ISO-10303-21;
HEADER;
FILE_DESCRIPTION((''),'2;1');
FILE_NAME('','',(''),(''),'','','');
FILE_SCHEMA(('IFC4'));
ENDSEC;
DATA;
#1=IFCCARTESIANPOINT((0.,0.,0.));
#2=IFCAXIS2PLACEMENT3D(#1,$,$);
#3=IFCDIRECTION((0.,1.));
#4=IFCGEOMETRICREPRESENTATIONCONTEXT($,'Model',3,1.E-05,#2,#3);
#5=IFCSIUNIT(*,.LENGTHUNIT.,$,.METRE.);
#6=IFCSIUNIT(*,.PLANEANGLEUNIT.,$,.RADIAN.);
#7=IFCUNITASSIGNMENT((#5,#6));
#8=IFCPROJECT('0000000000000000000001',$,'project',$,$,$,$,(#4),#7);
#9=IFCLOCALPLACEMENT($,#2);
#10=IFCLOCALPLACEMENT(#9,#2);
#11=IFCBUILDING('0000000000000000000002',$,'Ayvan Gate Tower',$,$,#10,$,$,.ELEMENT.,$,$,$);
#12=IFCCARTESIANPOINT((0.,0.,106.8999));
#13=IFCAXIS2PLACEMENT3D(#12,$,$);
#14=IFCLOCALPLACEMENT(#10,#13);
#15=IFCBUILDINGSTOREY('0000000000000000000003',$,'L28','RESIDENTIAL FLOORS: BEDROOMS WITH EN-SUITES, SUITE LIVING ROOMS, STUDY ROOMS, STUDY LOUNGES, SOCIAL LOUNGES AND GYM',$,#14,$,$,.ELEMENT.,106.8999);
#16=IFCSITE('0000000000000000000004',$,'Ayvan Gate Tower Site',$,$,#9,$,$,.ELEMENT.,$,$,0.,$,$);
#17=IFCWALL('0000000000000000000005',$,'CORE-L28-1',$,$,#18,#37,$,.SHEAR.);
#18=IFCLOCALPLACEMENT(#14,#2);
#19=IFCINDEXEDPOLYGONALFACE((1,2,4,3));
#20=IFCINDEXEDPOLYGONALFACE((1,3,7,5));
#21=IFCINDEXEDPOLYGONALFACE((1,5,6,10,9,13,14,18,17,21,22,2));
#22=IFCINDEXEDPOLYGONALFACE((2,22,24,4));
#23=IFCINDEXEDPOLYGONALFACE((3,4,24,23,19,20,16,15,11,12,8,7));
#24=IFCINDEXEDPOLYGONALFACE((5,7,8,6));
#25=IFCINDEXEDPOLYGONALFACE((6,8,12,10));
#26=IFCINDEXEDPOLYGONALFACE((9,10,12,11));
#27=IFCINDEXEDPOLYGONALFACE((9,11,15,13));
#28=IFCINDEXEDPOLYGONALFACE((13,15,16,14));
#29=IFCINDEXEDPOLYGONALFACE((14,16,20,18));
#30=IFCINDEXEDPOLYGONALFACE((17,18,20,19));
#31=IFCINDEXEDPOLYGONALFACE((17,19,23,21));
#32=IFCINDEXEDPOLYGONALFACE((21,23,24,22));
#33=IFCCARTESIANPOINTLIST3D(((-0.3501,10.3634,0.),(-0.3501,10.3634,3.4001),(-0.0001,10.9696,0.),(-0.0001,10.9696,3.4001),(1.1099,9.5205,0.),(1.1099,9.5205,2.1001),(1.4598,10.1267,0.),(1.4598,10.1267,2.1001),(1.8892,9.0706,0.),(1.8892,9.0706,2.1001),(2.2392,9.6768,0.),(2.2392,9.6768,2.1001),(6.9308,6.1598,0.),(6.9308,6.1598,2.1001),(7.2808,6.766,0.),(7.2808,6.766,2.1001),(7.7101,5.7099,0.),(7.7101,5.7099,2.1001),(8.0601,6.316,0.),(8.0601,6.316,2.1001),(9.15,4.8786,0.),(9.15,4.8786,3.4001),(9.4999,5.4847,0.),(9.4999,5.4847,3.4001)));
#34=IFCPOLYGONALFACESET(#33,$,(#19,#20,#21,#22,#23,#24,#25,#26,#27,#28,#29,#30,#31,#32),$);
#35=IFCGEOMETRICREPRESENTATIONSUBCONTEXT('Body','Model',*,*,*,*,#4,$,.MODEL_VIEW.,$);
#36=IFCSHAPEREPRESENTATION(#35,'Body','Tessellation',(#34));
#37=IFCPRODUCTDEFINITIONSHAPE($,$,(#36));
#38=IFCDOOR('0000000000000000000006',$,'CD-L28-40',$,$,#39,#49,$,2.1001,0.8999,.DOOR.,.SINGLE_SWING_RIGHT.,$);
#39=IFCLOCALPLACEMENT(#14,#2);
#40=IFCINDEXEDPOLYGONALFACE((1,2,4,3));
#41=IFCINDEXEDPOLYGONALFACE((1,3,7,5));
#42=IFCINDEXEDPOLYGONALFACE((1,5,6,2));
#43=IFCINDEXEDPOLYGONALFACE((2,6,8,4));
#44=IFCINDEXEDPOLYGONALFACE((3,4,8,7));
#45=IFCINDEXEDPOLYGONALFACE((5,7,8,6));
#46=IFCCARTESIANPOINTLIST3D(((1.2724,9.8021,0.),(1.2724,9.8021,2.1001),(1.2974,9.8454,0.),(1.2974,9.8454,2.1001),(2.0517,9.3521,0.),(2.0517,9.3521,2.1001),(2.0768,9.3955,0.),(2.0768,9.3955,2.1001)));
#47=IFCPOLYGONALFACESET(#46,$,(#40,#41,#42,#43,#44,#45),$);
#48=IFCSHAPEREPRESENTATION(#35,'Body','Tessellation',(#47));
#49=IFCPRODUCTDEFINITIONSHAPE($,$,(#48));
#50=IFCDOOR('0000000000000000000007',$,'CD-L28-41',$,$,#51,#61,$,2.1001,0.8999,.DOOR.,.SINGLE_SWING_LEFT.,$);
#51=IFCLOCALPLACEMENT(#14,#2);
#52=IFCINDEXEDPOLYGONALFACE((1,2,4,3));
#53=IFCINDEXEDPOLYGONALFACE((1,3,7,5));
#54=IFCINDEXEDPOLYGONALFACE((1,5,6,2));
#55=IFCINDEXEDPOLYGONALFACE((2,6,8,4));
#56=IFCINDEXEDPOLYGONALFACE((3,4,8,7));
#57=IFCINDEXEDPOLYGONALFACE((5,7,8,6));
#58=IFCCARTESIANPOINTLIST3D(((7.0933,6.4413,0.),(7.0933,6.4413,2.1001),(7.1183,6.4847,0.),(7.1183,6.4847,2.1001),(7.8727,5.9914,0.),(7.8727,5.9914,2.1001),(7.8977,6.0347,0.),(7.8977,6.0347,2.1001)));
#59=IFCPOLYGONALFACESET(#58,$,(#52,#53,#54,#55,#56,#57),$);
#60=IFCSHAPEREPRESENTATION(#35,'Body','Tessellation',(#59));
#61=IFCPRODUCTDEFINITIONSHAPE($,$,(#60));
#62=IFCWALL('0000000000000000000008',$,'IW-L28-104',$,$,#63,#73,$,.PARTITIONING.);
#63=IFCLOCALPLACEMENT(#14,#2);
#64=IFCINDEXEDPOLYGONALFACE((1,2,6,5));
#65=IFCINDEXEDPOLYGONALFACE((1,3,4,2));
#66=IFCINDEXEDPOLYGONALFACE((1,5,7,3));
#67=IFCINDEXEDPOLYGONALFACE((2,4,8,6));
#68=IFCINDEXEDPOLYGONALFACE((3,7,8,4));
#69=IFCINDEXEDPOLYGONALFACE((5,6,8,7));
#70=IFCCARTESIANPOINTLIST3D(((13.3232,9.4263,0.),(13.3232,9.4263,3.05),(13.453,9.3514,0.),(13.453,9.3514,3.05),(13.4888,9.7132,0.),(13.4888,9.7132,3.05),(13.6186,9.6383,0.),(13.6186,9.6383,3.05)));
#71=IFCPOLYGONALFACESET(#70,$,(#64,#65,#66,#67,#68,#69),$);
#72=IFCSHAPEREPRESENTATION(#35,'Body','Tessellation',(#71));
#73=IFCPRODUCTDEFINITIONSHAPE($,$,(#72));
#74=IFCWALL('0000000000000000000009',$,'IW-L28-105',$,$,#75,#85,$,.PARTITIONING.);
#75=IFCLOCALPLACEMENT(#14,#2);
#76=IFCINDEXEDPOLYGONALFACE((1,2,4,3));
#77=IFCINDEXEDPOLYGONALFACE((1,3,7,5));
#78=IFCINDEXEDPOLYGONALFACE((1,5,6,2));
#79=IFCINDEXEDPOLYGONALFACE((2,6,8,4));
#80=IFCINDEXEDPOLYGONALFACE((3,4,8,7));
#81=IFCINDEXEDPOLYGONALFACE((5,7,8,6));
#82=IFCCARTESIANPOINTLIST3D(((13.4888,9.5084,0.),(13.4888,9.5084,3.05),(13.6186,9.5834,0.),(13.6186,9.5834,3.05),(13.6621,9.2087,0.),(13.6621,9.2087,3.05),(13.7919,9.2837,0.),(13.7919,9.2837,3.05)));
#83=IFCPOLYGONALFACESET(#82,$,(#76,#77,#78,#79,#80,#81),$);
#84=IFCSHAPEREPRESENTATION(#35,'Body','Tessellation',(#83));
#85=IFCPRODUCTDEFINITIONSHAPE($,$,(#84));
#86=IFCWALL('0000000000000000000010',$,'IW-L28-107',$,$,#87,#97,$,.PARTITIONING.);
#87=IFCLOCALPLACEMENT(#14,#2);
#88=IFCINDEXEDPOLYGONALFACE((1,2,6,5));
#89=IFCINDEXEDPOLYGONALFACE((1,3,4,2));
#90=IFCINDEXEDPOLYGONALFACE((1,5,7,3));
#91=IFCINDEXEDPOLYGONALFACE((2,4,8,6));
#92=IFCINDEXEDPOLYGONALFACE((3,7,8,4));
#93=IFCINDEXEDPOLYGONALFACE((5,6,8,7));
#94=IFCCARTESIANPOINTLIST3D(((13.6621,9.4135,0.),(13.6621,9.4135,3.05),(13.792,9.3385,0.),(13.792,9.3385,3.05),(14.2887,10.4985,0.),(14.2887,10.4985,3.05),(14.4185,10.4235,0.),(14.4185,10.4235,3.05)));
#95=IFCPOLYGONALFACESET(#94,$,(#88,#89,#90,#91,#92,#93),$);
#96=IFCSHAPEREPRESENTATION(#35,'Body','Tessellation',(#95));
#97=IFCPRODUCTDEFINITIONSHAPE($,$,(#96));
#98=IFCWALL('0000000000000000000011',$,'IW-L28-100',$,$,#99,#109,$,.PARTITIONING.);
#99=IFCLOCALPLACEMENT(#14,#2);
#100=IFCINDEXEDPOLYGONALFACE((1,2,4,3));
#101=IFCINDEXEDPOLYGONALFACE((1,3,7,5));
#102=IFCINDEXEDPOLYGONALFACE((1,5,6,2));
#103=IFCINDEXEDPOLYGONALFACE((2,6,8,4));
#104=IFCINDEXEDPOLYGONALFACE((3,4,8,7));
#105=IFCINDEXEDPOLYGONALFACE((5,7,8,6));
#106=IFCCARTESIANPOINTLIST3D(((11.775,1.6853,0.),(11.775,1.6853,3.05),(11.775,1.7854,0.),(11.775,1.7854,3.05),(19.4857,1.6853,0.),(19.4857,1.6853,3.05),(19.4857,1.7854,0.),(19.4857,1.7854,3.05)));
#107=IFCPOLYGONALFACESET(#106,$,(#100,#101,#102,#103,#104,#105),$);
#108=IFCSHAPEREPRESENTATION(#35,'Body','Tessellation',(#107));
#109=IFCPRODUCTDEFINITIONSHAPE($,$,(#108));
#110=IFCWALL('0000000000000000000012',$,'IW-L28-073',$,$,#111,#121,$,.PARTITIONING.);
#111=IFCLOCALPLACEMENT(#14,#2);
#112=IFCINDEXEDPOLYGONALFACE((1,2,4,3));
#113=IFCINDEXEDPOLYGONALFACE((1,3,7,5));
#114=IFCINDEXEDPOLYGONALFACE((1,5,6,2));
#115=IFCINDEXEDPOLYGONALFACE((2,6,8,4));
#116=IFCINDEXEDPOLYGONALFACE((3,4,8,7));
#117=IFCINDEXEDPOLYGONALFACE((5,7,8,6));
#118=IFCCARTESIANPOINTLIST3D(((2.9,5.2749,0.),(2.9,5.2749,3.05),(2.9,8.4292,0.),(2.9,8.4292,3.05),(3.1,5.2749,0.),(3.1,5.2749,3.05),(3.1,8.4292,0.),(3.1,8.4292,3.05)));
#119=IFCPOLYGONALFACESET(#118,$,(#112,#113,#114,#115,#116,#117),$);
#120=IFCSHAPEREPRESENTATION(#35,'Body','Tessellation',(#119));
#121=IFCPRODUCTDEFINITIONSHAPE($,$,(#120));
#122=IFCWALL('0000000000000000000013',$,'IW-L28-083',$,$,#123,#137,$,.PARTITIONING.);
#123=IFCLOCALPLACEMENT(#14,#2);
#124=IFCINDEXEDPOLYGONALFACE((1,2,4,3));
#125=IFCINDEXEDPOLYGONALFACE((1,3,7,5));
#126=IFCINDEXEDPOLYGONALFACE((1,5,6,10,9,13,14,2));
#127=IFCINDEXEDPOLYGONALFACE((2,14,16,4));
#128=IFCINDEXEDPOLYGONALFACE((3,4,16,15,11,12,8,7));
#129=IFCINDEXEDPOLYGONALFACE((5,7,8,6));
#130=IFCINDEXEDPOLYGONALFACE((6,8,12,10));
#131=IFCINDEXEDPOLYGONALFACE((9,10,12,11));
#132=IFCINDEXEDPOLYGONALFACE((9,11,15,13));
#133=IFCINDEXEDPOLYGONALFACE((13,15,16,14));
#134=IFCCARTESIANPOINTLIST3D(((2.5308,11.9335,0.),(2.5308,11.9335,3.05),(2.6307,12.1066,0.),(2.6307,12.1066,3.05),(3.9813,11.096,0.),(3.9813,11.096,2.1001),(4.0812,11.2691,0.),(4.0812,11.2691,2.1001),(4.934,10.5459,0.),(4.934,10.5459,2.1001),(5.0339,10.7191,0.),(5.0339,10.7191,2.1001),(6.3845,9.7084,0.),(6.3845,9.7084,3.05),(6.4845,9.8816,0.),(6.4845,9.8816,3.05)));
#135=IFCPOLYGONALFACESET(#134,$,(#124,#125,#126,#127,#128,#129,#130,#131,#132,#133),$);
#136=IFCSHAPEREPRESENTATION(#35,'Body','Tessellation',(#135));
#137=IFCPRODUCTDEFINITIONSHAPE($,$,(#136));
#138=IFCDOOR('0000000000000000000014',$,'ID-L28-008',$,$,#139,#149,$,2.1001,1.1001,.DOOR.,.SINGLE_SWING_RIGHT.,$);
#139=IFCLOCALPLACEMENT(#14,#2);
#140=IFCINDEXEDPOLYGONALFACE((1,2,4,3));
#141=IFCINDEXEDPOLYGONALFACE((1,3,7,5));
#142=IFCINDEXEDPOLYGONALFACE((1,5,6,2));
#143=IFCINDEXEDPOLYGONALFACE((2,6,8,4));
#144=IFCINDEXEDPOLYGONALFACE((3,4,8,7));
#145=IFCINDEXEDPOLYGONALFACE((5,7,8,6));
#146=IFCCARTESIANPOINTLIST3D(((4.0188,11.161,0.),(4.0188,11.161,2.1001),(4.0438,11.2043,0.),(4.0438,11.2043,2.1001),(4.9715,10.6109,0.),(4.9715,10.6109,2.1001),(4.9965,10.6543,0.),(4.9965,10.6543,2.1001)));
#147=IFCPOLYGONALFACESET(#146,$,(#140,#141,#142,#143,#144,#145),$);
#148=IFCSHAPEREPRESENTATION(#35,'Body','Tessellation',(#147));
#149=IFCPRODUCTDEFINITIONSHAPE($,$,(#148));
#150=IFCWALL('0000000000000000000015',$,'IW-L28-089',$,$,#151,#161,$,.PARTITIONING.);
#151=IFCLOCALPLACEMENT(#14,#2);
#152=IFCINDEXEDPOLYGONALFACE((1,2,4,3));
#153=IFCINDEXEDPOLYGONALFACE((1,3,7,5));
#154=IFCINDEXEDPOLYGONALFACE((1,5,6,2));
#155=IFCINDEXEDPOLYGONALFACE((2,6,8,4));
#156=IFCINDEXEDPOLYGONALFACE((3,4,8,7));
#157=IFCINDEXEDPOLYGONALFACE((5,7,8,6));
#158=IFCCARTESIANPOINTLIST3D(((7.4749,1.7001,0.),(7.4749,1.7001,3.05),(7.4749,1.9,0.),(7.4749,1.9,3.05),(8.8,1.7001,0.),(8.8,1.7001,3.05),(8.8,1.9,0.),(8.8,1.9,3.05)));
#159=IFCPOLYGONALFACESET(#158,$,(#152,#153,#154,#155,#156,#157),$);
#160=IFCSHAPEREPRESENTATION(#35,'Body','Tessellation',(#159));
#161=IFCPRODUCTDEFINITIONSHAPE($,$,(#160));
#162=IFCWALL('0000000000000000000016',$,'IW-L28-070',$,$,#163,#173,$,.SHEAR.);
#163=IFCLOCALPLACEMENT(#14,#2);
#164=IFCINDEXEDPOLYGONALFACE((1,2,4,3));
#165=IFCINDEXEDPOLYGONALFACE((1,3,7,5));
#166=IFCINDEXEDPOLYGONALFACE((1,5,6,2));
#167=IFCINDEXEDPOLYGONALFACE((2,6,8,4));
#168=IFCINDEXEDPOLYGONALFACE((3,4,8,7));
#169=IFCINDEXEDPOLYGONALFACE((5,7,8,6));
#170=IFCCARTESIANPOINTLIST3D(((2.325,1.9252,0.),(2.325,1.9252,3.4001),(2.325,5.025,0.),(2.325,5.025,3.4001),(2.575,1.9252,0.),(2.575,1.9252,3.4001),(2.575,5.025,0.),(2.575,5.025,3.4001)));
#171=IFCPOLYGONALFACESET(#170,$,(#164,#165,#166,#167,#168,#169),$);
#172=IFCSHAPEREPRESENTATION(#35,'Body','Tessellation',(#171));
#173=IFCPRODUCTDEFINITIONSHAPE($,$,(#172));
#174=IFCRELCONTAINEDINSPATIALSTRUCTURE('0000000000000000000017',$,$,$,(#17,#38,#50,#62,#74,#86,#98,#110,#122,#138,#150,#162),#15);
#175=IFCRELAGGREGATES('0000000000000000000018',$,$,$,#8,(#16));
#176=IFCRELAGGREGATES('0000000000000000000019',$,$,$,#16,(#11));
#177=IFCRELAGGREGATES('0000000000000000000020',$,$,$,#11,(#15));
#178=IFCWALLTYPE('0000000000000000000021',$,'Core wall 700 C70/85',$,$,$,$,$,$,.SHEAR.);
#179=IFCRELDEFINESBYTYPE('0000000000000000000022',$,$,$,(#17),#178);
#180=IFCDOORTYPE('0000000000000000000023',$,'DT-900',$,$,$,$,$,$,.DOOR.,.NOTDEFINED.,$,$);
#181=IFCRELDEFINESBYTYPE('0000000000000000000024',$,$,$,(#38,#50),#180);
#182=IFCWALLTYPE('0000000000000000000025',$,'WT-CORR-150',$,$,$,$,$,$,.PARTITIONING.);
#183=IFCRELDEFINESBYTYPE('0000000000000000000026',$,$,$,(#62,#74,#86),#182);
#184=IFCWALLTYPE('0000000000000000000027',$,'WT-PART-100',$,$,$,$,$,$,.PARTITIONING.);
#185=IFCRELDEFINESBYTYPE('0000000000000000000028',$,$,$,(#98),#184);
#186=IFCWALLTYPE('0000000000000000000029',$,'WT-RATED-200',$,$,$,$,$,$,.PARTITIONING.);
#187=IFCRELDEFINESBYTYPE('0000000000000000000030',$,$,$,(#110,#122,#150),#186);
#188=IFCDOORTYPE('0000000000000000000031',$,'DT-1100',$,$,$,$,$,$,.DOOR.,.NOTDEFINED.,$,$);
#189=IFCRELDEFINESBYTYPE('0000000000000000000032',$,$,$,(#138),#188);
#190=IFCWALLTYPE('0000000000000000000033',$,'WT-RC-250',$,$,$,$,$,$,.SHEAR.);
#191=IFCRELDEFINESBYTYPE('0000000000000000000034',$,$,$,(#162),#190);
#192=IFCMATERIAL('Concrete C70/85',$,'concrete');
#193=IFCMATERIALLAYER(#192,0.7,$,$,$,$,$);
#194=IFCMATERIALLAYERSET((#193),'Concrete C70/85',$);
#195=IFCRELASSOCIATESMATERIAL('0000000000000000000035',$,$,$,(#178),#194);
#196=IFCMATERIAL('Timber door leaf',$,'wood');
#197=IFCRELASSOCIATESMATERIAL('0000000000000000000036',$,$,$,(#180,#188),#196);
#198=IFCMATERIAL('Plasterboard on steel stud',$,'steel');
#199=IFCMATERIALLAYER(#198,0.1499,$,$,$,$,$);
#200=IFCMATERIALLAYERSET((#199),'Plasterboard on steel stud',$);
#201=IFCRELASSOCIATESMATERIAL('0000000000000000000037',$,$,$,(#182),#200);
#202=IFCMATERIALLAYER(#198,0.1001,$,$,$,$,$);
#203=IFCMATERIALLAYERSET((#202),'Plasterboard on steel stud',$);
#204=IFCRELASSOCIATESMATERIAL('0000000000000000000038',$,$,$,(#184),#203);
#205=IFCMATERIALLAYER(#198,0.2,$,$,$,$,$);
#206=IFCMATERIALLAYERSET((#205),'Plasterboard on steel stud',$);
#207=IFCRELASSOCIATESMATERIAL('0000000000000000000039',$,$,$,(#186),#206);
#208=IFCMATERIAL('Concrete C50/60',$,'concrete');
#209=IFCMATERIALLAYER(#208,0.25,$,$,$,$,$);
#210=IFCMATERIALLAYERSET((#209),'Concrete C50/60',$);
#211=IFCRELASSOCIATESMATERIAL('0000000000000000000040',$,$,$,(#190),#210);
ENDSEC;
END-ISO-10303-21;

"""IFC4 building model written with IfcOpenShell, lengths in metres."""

from ifc_helpers import new_model, si_unit, direction, frame, frame_2d, origin, place, context, subcontext, project, spatial, rectangle, extrude, material, layer, layer_set, type_object, element, fill, save


model = new_model("IFC4")

# Units and contexts
model_context = context("Model", 3, precision=1e-05, world=origin(), true_north=direction((0.0, 1.0)))
body_context = subcontext(model_context, "Body", "Model", "MODEL_VIEW")
ifc_project = project(units=[si_unit("LENGTHUNIT", "METRE"), si_unit("PLANEANGLEUNIT", "RADIAN")], contexts=[model_context])

# Site, building, storey
site_placement = place(None, origin())
site = spatial("IfcSite", under=ifc_project, at=site_placement, Name="Ayvan Gate Tower Site", CompositionType="ELEMENT", RefElevation=0.0)
building_placement = place(site_placement, origin())
building = spatial("IfcBuilding", under=site, at=building_placement, Name="Ayvan Gate Tower", CompositionType="ELEMENT")
storey_placement = place(building_placement, frame((0.0, 0.0, 106.8999)))
storey = spatial("IfcBuildingStorey", under=building, at=storey_placement, Name="L28", Description="RESIDENTIAL FLOORS: BEDROOMS WITH EN-SUITES, SUITE LIVING ROOMS, STUDY ROOMS, STUDY LOUNGES, SOCIAL LOUNGES AND GYM", CompositionType="ELEMENT", Elevation=106.8999)

# Wall, openings, doors
ifc_material_1 = material(Name="Concrete C70/85", Category="concrete")
ifc_layer_1 = layer(ifc_material_1, 0.7)
ifc_layer_set_1 = layer_set([ifc_layer_1], Name="Concrete C70/85")
wall_type_1 = type_object("IfcWallType", Name="Core wall 700 C70/85", PredefinedType="SHEAR", material=ifc_layer_set_1)
wall_1_placement = place(storey_placement, frame((9.325, 5.1816, 0.0), z_axis=(0.0, 0.0, 1.0), x_axis=(-0.866024, 0.500002, 0.0)))
wall_1 = element("IfcWall", 1, at=wall_1_placement, inside=storey, type_object=wall_type_1, Name="CORE-L28-1", PredefinedType="SHEAR", context=body_context, shape_type="SweptSolid", body=[
    extrude(rectangle(XDim=10.9697, YDim=0.7, at=frame_2d((5.4849, 0.0))), origin(), (0.0, 0.0, 1.0), 3.4001),
])
opening_1_placement = place(wall_1_placement, frame((8.384, 0.0, 0.0)))
opening_1 = element("IfcOpeningElement", 2, at=opening_1_placement, cuts=wall_1, PredefinedType="OPENING", context=body_context, shape_type="SweptSolid", body=[
    extrude(rectangle(XDim=0.8999, YDim=2.1001, at=frame_2d((0.45, 1.05))), frame((0.0, 0.3599, 0.0), z_axis=(0.0, -1.0, 0.0), x_axis=(1.0, 0.0, 0.0)), (0.0, 0.0, 1.0), 0.72),
])
opening_2_placement = place(wall_1_placement, frame((1.6626, 0.0, 0.0)))
opening_2 = element("IfcOpeningElement", 3, at=opening_2_placement, cuts=wall_1, PredefinedType="OPENING", context=body_context, shape_type="SweptSolid", body=[
    extrude(rectangle(XDim=0.8999, YDim=2.1001, at=frame_2d((0.45, 1.05))), frame((0.0, 0.3599, 0.0), z_axis=(0.0, -1.0, 0.0), x_axis=(1.0, 0.0, 0.0)), (0.0, 0.0, 1.0), 0.72),
])
ifc_material_2 = material(Name="Timber door leaf", Category="wood")
door_type_1 = type_object("IfcDoorType", Name="DT-900", OperationType="NOTDEFINED", PredefinedType="DOOR", material=ifc_material_2)
door_1_placement = place(opening_1_placement, origin())
door_1 = element("IfcDoor", 4, at=door_1_placement, inside=storey, type_object=door_type_1, Name="CD-L28-40", OperationType="SINGLE_SWING_RIGHT", OverallHeight=2.1001, OverallWidth=0.8999, PredefinedType="DOOR", context=body_context, shape_type="SweptSolid", body=[
    extrude(rectangle(XDim=0.8999, YDim=2.1001, at=frame_2d((0.45, 1.05))), frame((0.0, 0.0249, 0.0), z_axis=(0.0, -1.0, 0.0), x_axis=(1.0, 0.0, 0.0)), (0.0, 0.0, 1.0), 0.05),
])
fill(opening_1, door_1)
door_2_placement = place(opening_2_placement, origin())
door_2 = element("IfcDoor", 5, at=door_2_placement, inside=storey, type_object=door_type_1, Name="CD-L28-41", OperationType="SINGLE_SWING_LEFT", OverallHeight=2.1001, OverallWidth=0.8999, PredefinedType="DOOR", context=body_context, shape_type="SweptSolid", body=[
    extrude(rectangle(XDim=0.8999, YDim=2.1001, at=frame_2d((0.45, 1.05))), frame((0.0, 0.0249, 0.0), z_axis=(0.0, -1.0, 0.0), x_axis=(1.0, 0.0, 0.0)), (0.0, 0.0, 1.0), 0.05),
])
fill(opening_2, door_2)

# Walls
ifc_material_3 = material(Name="Plasterboard on steel stud", Category="steel")
ifc_layer_2 = layer(ifc_material_3, 0.1499)
ifc_layer_set_2 = layer_set([ifc_layer_2], Name="Plasterboard on steel stud")
wall_type_2 = type_object("IfcWallType", Name="WT-CORR-150", PredefinedType="PARTITIONING", material=ifc_layer_set_2)
wall_2_placement = place(storey_placement, frame((13.3882, 9.3889, 0.0), z_axis=(0.0, 0.0, 1.0), x_axis=(0.499786, 0.866149, 0.0)))
element("IfcWall", 6, at=wall_2_placement, inside=storey, type_object=wall_type_2, Name="IW-L28-104", PredefinedType="PARTITIONING", context=body_context, shape_type="SweptSolid", body=[
    extrude(rectangle(XDim=0.3313, YDim=0.1499, at=frame_2d((0.1655, 0.0))), origin(), (0.0, 0.0, 1.0), 3.05),
])
wall_3_placement = place(storey_placement, frame((13.5537, 9.5459, 0.0), z_axis=(0.0, 0.0, 1.0), x_axis=(0.500536, -0.865716, 0.0)))
element("IfcWall", 7, at=wall_3_placement, inside=storey, type_object=wall_type_2, Name="IW-L28-105", PredefinedType="PARTITIONING", context=body_context, shape_type="SweptSolid", body=[
    extrude(rectangle(XDim=0.3462, YDim=0.1499, at=frame_2d((0.1731, 0.0))), origin(), (0.0, 0.0, 1.0), 3.05),
])
wall_4_placement = place(storey_placement, frame((13.7271, 9.376, 0.0), z_axis=(0.0, 0.0, 1.0), x_axis=(0.500037, 0.866004, 0.0)))
element("IfcWall", 8, at=wall_4_placement, inside=storey, type_object=wall_type_2, Name="IW-L28-107", PredefinedType="PARTITIONING", context=body_context, shape_type="SweptSolid", body=[
    extrude(rectangle(XDim=1.2529, YDim=0.1499, at=frame_2d((0.6265, 0.0))), origin(), (0.0, 0.0, 1.0), 3.05),
])
ifc_layer_3 = layer(ifc_material_3, 0.1001)
ifc_layer_set_3 = layer_set([ifc_layer_3], Name="Plasterboard on steel stud")
wall_type_3 = type_object("IfcWallType", Name="WT-PART-100", PredefinedType="PARTITIONING", material=ifc_layer_set_3)
wall_5_placement = place(storey_placement, frame((11.7749, 1.7354, 0.0), z_axis=(0.0, 0.0, 1.0), x_axis=(1.0, 0.0, 0.0)))
element("IfcWall", 9, at=wall_5_placement, inside=storey, type_object=wall_type_3, Name="IW-L28-100", PredefinedType="PARTITIONING", context=body_context, shape_type="SweptSolid", body=[
    extrude(rectangle(XDim=7.7107, YDim=0.1001, at=frame_2d((3.8555, 0.0))), origin(), (0.0, 0.0, 1.0), 3.05),
])
ifc_layer_4 = layer(ifc_material_3, 0.2)
ifc_layer_set_4 = layer_set([ifc_layer_4], Name="Plasterboard on steel stud")
wall_type_4 = type_object("IfcWallType", Name="WT-RATED-200", PredefinedType="PARTITIONING", material=ifc_layer_set_4)
wall_6_placement = place(storey_placement, frame((3.0, 8.4292, 0.0), z_axis=(0.0, 0.0, 1.0), x_axis=(0.0, -1.0, 0.0)))
element("IfcWall", 10, at=wall_6_placement, inside=storey, type_object=wall_type_4, Name="IW-L28-073", PredefinedType="PARTITIONING", context=body_context, shape_type="SweptSolid", body=[
    extrude(rectangle(XDim=3.1543, YDim=0.2, at=frame_2d((1.5771, 0.0))), origin(), (0.0, 0.0, 1.0), 3.05),
])

# Wall, opening, door
wall_7_placement = place(storey_placement, frame((6.4346, 9.7949, 0.0), z_axis=(0.0, 0.0, 1.0), x_axis=(-0.866013, 0.500022, 0.0)))
wall_7 = element("IfcWall", 11, at=wall_7_placement, inside=storey, type_object=wall_type_4, Name="IW-L28-083", PredefinedType="PARTITIONING", context=body_context, shape_type="SweptSolid", body=[
    extrude(rectangle(XDim=4.45, YDim=0.2, at=frame_2d((2.2251, 0.0))), origin(), (0.0, 0.0, 1.0), 3.05),
])
opening_3_placement = place(wall_7_placement, frame((1.675, 0.0, 0.0)))
opening_3 = element("IfcOpeningElement", 12, at=opening_3_placement, cuts=wall_7, PredefinedType="OPENING", context=body_context, shape_type="SweptSolid", body=[
    extrude(rectangle(XDim=1.1001, YDim=2.1001, at=frame_2d((0.55, 1.05))), frame((0.0, 0.1099, 0.0), z_axis=(0.0, -1.0, 0.0), x_axis=(1.0, 0.0, 0.0)), (0.0, 0.0, 1.0), 0.22),
])
door_type_2 = type_object("IfcDoorType", Name="DT-1100", OperationType="NOTDEFINED", PredefinedType="DOOR", material=ifc_material_2)
door_3_placement = place(opening_3_placement, origin())
door_3 = element("IfcDoor", 13, at=door_3_placement, inside=storey, type_object=door_type_2, Name="ID-L28-008", OperationType="SINGLE_SWING_RIGHT", OverallHeight=2.1001, OverallWidth=1.1001, PredefinedType="DOOR", context=body_context, shape_type="SweptSolid", body=[
    extrude(rectangle(XDim=1.1001, YDim=2.1001, at=frame_2d((0.55, 1.05))), frame((0.0, 0.0249, 0.0), z_axis=(0.0, -1.0, 0.0), x_axis=(1.0, 0.0, 0.0)), (0.0, 0.0, 1.0), 0.05),
])
fill(opening_3, door_3)

# Walls
wall_8_placement = place(storey_placement, frame((7.4749, 1.8, 0.0), z_axis=(0.0, 0.0, 1.0), x_axis=(1.0, 0.0, 0.0)))
element("IfcWall", 14, at=wall_8_placement, inside=storey, type_object=wall_type_4, Name="IW-L28-089", PredefinedType="PARTITIONING", context=body_context, shape_type="SweptSolid", body=[
    extrude(rectangle(XDim=1.3252, YDim=0.2, at=frame_2d((0.6626, 0.0))), origin(), (0.0, 0.0, 1.0), 3.05),
])
ifc_material_4 = material(Name="Concrete C50/60", Category="concrete")
ifc_layer_5 = layer(ifc_material_4, 0.25)
ifc_layer_set_5 = layer_set([ifc_layer_5], Name="Concrete C50/60")
wall_type_5 = type_object("IfcWallType", Name="WT-RC-250", PredefinedType="SHEAR", material=ifc_layer_set_5)
for number, where, z_axis, x_axis, name in (
    (15, (2.45, 5.0249, 0.0), (0.0, 0.0, 1.0), (0.0, -1.0, 0.0), "IW-L28-070"),
):
    element("IfcWall", number, at=place(storey_placement, frame(where, z_axis=z_axis, x_axis=x_axis)), inside=storey, type_object=wall_type_5, Name=name, PredefinedType="SHEAR", context=body_context, shape_type="SweptSolid", body=[
        extrude(rectangle(XDim=3.0999, YDim=0.25, at=frame_2d((1.5498, 0.0))), origin(), (0.0, 0.0, 1.0), 3.4001),
    ])

save(model, "model.ifc")
